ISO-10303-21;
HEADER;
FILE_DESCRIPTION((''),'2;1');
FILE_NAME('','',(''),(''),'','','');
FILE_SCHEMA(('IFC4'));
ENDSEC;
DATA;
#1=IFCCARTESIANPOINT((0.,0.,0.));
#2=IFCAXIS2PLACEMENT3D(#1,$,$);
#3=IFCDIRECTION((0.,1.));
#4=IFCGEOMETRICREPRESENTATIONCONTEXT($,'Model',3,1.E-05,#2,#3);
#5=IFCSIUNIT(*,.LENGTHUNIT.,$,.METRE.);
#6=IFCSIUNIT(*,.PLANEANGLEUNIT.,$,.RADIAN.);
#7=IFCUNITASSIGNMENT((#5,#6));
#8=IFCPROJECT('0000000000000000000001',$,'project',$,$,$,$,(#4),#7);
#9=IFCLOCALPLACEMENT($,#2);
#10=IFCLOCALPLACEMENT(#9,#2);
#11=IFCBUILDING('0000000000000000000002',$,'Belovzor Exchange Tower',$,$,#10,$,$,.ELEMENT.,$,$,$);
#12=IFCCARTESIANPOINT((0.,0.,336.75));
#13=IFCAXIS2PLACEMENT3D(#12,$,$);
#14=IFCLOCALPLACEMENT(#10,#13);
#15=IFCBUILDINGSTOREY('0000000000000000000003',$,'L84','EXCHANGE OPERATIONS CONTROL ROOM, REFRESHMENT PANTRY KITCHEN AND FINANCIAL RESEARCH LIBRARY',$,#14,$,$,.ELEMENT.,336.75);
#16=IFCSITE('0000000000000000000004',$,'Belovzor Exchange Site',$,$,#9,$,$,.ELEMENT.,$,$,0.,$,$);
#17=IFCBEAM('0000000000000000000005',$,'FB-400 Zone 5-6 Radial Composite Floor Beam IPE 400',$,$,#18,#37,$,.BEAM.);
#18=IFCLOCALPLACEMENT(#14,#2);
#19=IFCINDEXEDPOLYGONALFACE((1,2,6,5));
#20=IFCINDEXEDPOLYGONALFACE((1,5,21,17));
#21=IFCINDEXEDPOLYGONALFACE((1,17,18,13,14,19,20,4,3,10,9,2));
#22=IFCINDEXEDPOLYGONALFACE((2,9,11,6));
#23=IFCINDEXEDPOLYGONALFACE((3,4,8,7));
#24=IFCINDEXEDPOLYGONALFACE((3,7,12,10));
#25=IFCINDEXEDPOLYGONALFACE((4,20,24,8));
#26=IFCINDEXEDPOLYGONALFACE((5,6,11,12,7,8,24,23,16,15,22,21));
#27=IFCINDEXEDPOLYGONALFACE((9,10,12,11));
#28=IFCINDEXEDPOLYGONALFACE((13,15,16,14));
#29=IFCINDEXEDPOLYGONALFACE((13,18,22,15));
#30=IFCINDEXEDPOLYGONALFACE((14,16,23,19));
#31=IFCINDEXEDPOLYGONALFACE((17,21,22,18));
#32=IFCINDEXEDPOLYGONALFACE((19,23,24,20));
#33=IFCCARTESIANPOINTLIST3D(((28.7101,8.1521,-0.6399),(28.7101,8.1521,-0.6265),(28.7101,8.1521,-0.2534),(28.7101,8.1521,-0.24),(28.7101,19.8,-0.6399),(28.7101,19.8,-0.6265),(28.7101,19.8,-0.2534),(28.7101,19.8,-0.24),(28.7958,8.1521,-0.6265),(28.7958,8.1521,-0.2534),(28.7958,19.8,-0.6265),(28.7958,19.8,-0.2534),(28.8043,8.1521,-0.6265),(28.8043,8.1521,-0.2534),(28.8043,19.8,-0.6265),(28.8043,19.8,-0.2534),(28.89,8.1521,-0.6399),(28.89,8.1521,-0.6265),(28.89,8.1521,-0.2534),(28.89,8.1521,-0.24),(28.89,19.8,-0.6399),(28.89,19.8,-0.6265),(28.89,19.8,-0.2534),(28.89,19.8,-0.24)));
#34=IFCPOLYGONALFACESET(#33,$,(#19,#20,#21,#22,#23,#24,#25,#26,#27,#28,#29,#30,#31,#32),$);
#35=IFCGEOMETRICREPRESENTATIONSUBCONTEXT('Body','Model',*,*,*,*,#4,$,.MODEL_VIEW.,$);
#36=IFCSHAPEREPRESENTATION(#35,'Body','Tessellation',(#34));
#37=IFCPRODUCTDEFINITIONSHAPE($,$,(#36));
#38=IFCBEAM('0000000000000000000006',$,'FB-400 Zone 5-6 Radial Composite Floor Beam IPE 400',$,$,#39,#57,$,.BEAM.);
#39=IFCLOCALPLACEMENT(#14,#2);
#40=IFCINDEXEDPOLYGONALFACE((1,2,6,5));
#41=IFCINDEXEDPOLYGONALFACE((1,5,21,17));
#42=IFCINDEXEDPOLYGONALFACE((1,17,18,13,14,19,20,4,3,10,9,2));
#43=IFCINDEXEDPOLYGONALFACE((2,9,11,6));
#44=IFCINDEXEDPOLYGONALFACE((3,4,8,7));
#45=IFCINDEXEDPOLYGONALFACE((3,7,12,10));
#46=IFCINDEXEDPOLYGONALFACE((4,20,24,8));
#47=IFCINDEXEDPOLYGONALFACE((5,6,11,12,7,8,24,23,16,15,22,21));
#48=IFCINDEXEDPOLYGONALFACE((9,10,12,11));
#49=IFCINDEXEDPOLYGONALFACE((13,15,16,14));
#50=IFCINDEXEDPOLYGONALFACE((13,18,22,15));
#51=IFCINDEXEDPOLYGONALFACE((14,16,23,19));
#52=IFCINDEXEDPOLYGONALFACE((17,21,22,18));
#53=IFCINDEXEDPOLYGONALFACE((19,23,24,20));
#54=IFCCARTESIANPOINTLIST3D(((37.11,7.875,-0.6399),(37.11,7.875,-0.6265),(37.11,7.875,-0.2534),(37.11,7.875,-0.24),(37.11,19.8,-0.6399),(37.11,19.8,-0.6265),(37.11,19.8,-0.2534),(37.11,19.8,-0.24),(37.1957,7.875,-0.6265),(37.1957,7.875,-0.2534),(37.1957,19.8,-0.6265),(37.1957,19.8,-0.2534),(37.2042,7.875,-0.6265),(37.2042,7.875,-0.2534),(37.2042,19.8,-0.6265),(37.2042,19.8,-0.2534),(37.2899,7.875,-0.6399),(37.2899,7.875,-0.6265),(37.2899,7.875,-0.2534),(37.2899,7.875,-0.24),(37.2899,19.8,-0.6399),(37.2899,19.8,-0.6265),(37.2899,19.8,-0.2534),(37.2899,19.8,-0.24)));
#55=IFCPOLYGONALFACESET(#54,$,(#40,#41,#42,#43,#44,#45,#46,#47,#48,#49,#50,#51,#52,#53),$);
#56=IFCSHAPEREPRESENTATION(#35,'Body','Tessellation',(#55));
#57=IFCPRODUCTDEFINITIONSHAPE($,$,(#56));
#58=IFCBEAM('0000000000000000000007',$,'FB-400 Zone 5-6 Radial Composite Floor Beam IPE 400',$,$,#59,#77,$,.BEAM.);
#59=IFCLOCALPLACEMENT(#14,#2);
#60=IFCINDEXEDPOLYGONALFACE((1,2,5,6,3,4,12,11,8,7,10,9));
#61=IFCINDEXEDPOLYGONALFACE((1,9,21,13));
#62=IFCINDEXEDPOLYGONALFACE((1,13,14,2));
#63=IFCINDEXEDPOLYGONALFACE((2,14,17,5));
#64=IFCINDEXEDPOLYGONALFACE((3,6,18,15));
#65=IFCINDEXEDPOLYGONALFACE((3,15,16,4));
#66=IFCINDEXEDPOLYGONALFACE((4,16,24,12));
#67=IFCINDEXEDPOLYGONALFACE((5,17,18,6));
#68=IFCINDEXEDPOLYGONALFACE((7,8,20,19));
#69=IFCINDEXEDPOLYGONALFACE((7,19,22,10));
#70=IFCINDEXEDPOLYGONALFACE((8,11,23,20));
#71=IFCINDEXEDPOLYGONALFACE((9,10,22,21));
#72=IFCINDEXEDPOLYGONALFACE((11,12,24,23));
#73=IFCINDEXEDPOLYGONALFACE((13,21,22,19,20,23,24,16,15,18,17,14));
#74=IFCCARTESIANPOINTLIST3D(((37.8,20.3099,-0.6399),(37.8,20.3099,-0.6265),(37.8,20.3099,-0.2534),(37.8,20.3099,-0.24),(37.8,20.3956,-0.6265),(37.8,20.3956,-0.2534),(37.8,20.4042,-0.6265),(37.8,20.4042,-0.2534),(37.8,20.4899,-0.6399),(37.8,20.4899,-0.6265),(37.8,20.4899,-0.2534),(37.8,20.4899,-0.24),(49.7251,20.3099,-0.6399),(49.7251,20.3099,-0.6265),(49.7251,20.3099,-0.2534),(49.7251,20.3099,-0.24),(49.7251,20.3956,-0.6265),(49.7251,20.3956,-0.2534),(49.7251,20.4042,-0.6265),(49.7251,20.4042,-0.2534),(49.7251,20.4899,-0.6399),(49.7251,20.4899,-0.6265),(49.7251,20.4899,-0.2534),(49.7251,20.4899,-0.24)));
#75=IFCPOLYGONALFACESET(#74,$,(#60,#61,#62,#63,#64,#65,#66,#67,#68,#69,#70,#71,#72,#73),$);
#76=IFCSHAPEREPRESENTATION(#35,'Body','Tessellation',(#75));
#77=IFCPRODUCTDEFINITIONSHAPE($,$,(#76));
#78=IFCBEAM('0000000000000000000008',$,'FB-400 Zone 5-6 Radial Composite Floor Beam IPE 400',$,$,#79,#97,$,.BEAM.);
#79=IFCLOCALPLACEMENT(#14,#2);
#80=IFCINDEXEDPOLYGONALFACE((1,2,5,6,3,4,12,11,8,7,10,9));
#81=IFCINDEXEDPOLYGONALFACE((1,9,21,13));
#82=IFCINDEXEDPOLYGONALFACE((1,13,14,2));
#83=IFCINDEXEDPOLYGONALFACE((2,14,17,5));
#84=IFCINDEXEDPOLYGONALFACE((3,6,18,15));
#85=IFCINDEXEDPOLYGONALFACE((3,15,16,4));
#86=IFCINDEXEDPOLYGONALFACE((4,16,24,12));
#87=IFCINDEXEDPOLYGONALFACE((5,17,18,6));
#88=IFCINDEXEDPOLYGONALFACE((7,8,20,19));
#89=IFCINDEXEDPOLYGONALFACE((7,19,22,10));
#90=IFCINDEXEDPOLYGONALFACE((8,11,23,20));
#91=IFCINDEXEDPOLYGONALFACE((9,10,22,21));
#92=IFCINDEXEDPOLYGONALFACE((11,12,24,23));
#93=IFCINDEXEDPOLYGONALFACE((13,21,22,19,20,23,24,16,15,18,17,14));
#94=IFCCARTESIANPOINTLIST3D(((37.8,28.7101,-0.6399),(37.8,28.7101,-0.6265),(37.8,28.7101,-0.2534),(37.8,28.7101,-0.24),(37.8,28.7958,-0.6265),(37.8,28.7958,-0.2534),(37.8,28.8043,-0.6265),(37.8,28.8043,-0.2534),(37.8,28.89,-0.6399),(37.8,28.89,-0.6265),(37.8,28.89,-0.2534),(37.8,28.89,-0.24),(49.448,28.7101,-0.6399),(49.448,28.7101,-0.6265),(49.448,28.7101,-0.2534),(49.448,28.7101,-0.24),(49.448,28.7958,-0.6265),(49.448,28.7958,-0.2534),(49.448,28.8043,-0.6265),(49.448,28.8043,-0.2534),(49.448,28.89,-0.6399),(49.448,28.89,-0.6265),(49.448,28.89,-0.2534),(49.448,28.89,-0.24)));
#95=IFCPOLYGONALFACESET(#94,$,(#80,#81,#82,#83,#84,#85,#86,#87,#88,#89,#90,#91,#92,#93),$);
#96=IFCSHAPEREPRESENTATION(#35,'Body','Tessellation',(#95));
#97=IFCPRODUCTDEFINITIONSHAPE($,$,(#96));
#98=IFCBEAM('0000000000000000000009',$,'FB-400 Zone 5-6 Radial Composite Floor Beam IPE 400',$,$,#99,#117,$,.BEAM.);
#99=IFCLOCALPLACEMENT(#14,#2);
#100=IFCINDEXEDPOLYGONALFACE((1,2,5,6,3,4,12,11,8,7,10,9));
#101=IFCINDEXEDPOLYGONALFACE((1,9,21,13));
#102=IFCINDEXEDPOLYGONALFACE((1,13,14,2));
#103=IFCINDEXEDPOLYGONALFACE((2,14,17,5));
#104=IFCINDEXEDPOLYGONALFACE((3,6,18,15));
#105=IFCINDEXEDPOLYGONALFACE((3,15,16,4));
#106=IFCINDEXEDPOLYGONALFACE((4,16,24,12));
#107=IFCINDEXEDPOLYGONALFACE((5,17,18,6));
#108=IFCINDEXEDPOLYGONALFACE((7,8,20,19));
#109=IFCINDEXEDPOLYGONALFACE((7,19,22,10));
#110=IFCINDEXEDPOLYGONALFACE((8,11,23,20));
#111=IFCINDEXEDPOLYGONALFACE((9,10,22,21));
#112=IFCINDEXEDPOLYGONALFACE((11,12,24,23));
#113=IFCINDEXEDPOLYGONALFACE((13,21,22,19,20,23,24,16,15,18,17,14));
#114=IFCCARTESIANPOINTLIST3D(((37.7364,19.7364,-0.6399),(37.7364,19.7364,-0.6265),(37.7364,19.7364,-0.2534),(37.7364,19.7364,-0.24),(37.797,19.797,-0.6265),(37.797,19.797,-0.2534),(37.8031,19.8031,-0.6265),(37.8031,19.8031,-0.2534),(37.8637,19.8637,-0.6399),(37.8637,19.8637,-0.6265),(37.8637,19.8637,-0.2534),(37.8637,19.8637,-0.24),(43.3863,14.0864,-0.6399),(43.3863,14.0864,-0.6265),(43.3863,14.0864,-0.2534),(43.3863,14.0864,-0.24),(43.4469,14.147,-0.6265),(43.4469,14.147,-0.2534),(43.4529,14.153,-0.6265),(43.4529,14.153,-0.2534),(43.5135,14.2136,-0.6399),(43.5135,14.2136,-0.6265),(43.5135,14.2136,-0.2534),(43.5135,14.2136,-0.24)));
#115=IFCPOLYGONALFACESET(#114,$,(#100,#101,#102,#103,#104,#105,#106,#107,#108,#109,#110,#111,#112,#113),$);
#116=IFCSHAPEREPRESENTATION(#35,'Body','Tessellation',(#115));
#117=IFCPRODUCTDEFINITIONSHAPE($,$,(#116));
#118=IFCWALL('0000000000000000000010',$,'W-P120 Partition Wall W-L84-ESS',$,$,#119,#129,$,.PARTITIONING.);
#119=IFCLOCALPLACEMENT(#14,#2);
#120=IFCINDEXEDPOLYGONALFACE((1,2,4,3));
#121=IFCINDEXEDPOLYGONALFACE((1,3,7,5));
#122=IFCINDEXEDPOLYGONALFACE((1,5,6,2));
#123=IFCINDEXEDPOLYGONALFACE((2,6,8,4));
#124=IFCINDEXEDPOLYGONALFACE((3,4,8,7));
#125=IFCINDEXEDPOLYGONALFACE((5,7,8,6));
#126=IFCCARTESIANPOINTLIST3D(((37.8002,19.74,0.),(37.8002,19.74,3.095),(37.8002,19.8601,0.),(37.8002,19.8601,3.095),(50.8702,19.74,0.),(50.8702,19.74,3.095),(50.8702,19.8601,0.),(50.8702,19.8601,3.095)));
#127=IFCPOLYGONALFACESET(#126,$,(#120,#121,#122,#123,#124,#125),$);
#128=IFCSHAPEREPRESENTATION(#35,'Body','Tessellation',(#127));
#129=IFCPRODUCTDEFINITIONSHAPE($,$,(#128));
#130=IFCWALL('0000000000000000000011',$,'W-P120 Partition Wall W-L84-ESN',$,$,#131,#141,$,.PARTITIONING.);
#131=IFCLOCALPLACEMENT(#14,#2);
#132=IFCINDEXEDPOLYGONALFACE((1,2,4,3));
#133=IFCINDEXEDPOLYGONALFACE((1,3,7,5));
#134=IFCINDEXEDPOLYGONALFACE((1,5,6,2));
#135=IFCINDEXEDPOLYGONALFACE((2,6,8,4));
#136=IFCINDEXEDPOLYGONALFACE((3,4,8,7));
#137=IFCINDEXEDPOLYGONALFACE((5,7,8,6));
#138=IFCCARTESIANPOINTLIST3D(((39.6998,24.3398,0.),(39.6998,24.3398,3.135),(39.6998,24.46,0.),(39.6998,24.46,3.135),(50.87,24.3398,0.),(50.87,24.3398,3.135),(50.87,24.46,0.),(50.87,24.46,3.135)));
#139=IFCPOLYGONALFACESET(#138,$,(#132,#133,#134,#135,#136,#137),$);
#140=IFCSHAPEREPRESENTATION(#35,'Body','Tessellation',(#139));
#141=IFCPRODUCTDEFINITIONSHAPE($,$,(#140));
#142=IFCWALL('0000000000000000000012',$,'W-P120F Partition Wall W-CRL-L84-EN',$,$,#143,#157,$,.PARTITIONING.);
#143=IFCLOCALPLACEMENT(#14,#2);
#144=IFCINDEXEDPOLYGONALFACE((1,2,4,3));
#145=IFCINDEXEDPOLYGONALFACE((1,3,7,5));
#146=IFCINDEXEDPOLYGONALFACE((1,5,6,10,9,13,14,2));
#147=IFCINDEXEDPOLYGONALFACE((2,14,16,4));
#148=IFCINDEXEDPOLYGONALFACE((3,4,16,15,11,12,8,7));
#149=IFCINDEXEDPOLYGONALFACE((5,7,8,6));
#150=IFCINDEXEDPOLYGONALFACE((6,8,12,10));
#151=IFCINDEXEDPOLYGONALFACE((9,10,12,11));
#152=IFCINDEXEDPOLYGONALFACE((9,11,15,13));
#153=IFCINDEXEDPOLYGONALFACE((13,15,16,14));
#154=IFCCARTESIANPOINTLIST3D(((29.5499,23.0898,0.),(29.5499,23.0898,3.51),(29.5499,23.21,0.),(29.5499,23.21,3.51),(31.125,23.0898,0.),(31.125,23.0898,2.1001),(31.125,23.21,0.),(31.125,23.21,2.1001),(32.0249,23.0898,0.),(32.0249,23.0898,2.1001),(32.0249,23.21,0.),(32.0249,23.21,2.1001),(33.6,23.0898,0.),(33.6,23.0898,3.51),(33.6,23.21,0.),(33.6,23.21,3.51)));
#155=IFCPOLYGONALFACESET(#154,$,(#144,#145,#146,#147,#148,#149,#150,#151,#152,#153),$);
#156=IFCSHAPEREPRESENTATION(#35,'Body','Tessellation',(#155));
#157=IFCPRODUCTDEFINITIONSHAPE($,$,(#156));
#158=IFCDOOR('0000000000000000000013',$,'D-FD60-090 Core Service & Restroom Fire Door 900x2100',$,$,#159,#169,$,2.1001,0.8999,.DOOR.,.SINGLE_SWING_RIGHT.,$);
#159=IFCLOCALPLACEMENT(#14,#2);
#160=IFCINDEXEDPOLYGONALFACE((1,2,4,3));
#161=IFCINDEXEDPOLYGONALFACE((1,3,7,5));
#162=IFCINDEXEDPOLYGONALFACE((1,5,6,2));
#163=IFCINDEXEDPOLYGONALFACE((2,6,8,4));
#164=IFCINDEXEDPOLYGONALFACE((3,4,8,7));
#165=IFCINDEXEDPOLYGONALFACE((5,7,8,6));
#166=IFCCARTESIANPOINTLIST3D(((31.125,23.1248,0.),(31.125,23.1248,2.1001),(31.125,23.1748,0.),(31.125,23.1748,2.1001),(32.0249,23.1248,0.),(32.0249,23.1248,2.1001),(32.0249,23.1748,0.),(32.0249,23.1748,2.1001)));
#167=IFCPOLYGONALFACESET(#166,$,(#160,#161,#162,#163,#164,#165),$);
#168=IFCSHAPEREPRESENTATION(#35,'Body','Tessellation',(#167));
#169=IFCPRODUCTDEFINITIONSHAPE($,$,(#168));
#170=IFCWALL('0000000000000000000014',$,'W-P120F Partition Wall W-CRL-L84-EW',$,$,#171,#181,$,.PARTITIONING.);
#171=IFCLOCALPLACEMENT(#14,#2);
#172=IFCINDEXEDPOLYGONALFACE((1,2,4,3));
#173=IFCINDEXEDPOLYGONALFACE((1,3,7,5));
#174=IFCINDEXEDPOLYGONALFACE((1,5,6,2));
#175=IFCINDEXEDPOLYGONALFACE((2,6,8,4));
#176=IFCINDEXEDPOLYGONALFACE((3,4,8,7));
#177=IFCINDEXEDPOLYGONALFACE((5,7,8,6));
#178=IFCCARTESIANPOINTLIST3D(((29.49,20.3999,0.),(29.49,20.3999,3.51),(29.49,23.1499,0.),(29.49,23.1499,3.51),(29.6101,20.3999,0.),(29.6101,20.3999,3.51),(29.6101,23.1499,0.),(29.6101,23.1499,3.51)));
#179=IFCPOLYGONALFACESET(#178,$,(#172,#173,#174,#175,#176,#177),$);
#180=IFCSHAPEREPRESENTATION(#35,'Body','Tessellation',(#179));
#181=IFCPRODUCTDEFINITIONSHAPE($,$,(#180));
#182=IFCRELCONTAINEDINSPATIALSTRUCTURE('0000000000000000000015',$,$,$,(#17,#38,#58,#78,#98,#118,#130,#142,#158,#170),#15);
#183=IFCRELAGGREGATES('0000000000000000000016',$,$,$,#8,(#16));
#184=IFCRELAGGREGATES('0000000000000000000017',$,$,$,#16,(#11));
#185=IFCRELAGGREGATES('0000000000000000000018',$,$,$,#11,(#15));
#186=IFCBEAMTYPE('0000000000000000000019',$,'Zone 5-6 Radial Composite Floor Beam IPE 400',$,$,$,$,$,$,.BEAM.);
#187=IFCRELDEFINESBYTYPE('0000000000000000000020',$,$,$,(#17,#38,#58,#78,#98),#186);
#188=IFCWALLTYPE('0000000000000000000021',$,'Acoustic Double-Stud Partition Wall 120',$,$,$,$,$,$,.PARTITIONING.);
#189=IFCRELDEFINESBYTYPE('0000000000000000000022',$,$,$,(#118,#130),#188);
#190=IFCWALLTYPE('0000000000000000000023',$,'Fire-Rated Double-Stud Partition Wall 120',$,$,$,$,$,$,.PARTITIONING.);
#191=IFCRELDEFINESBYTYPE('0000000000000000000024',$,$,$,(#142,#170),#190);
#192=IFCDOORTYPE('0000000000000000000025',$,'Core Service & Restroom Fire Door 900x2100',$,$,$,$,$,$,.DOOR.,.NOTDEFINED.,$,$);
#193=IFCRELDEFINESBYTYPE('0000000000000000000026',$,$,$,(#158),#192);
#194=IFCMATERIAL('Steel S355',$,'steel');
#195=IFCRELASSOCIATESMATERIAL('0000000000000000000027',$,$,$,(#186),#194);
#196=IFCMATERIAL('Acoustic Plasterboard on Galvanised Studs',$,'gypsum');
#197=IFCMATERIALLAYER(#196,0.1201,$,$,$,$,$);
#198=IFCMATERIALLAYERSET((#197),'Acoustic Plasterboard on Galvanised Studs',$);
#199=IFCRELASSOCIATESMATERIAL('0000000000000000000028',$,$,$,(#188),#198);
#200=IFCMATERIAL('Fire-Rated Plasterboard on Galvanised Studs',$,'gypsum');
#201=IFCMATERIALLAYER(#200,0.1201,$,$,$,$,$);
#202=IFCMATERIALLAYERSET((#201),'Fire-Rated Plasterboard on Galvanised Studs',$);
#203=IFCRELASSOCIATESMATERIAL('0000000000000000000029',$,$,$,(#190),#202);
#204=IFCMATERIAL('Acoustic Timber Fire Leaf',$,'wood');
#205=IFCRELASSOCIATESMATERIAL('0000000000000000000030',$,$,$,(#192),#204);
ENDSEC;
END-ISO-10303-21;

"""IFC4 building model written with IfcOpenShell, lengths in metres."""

from ifc_helpers import new_model, si_unit, direction, frame, frame_2d, origin, origin_2d, place, context, subcontext, project, spatial, rectangle, i_section, extrude, material, layer, layer_set, material_profile, profile_set, type_object, element, fill, save


model = new_model("IFC4")

# Units and contexts
model_context = context("Model", 3, precision=1e-05, world=origin(), true_north=direction((0.0, 1.0)))
body_context = subcontext(model_context, "Body", "Model", "MODEL_VIEW")
ifc_project = project(units=[si_unit("LENGTHUNIT", "METRE"), si_unit("PLANEANGLEUNIT", "RADIAN")], contexts=[model_context])

# Site, building, storey
site_placement = place(None, origin())
site = spatial("IfcSite", under=ifc_project, at=site_placement, Name="Belovzor Exchange Site", CompositionType="ELEMENT", RefElevation=0.0)
building_placement = place(site_placement, origin())
building = spatial("IfcBuilding", under=site, at=building_placement, Name="Belovzor Exchange Tower", CompositionType="ELEMENT")
storey_placement = place(building_placement, frame((0.0, 0.0, 336.75)))
storey = spatial("IfcBuildingStorey", under=building, at=storey_placement, Name="L84", Description="EXCHANGE OPERATIONS CONTROL ROOM, REFRESHMENT PANTRY KITCHEN AND FINANCIAL RESEARCH LIBRARY", CompositionType="ELEMENT", Elevation=336.75)

# Beams
ifc_material_1 = material(Name="Steel S355", Category="steel")
ifc_material_profile = material_profile(ifc_material_1, i_section(OverallWidth=0.1799, OverallDepth=0.3999, WebThickness=0.0085, FlangeThickness=0.0134, at=origin_2d()))
ifc_profile_set = profile_set([ifc_material_profile], Name="Steel S355")
beam_type = type_object("IfcBeamType", Name="Zone 5-6 Radial Composite Floor Beam IPE 400", PredefinedType="BEAM", material=ifc_profile_set)
beam_1_placement = place(storey_placement, frame((28.8, 19.8, -0.4399), z_axis=(0.0, -1.0, 0.0), x_axis=(1.0, 0.0, 0.0)))
element("IfcBeam", 1, at=beam_1_placement, inside=storey, type_object=beam_type, Name="FB-400 Zone 5-6 Radial Composite Floor Beam IPE 400", PredefinedType="BEAM", context=body_context, shape_type="SweptSolid", body=[
    extrude(i_section(OverallWidth=0.1799, OverallDepth=0.3999, WebThickness=0.0085, FlangeThickness=0.0134, at=origin_2d()), origin(), (0.0, 0.0, 1.0), 11.6479),
])
for number, where, z_axis, x_axis, name in (
    (2, (37.2, 19.8, -0.4399), (0.0, -1.0, 0.0), (1.0, 0.0, 0.0), "FB-400 Zone 5-6 Radial Composite Floor Beam IPE 400"),
    (3, (37.8, 20.3999, -0.4399), (1.0, 0.0, 0.0), (0.0, 1.0, 0.0), "FB-400 Zone 5-6 Radial Composite Floor Beam IPE 400"),
):
    element("IfcBeam", number, at=place(storey_placement, frame(where, z_axis=z_axis, x_axis=x_axis)), inside=storey, type_object=beam_type, Name=name, PredefinedType="BEAM", context=body_context, shape_type="SweptSolid", body=[
        extrude(i_section(OverallWidth=0.1799, OverallDepth=0.3999, WebThickness=0.0085, FlangeThickness=0.0134, at=origin_2d()), origin(), (0.0, 0.0, 1.0), 11.925),
    ])
beam_2_placement = place(storey_placement, frame((37.8, 28.8, -0.4399), z_axis=(1.0, 0.0, 0.0), x_axis=(0.0, 1.0, 0.0)))
element("IfcBeam", 4, at=beam_2_placement, inside=storey, type_object=beam_type, Name="FB-400 Zone 5-6 Radial Composite Floor Beam IPE 400", PredefinedType="BEAM", context=body_context, shape_type="SweptSolid", body=[
    extrude(i_section(OverallWidth=0.1799, OverallDepth=0.3999, WebThickness=0.0085, FlangeThickness=0.0134, at=origin_2d()), origin(), (0.0, 0.0, 1.0), 11.6479),
])
beam_3_placement = place(storey_placement, frame((37.8, 19.8, -0.4399), z_axis=(0.707092, -0.707122, 0.0), x_axis=(0.707122, 0.707092, 0.0)))
element("IfcBeam", 5, at=beam_3_placement, inside=storey, type_object=beam_type, Name="FB-400 Zone 5-6 Radial Composite Floor Beam IPE 400", PredefinedType="BEAM", context=body_context, shape_type="SweptSolid", body=[
    extrude(i_section(OverallWidth=0.1799, OverallDepth=0.3999, WebThickness=0.0085, FlangeThickness=0.0134, at=origin_2d()), origin(), (0.0, 0.0, 1.0), 7.9902),
])

# Walls
ifc_material_2 = material(Name="Acoustic Plasterboard on Galvanised Studs", Category="gypsum")
ifc_layer_1 = layer(ifc_material_2, 0.1201)
ifc_layer_set_1 = layer_set([ifc_layer_1], Name="Acoustic Plasterboard on Galvanised Studs")
wall_type_1 = type_object("IfcWallType", Name="Acoustic Double-Stud Partition Wall 120", PredefinedType="PARTITIONING", material=ifc_layer_set_1)
wall_1_placement = place(storey_placement, frame((37.8, 19.8, 0.0), z_axis=(0.0, 0.0, 1.0), x_axis=(1.0, 0.0, 0.0)))
element("IfcWall", 6, at=wall_1_placement, inside=storey, type_object=wall_type_1, Name="W-P120 Partition Wall W-L84-ESS", PredefinedType="PARTITIONING", context=body_context, shape_type="SweptSolid", body=[
    extrude(rectangle(XDim=13.0701, YDim=0.1201, at=frame_2d((6.5352, 0.0))), origin(), (0.0, 0.0, 1.0), 3.095),
])
wall_2_placement = place(storey_placement, frame((39.7, 24.3999, 0.0), z_axis=(0.0, 0.0, 1.0), x_axis=(1.0, 0.0, 0.0)))
element("IfcWall", 7, at=wall_2_placement, inside=storey, type_object=wall_type_1, Name="W-P120 Partition Wall W-L84-ESN", PredefinedType="PARTITIONING", context=body_context, shape_type="SweptSolid", body=[
    extrude(rectangle(XDim=11.1702, YDim=0.1201, at=frame_2d((5.585, 0.0))), origin(), (0.0, 0.0, 1.0), 3.135),
])

# Wall, opening, door
ifc_material_3 = material(Name="Fire-Rated Plasterboard on Galvanised Studs", Category="gypsum")
ifc_layer_2 = layer(ifc_material_3, 0.1201)
ifc_layer_set_2 = layer_set([ifc_layer_2], Name="Fire-Rated Plasterboard on Galvanised Studs")
wall_type_2 = type_object("IfcWallType", Name="Fire-Rated Double-Stud Partition Wall 120", PredefinedType="PARTITIONING", material=ifc_layer_set_2)
wall_3_placement = place(storey_placement, frame((29.55, 23.1499, 0.0), z_axis=(0.0, 0.0, 1.0), x_axis=(1.0, 0.0, 0.0)))
wall_3 = element("IfcWall", 8, at=wall_3_placement, inside=storey, type_object=wall_type_2, Name="W-P120F Partition Wall W-CRL-L84-EN", PredefinedType="PARTITIONING", context=body_context, shape_type="SweptSolid", body=[
    extrude(rectangle(XDim=4.05, YDim=0.1201, at=frame_2d((2.0249, 0.0))), origin(), (0.0, 0.0, 1.0), 3.51),
])
opening_1_placement = place(wall_3_placement, frame((1.575, 0.0, 0.0)))
opening_1 = element("IfcOpeningElement", 9, at=opening_1_placement, cuts=wall_3, PredefinedType="OPENING", context=body_context, shape_type="SweptSolid", body=[
    extrude(rectangle(XDim=0.8999, YDim=2.1001, at=frame_2d((0.45, 1.05))), frame((0.0, 0.0701, 0.0), z_axis=(0.0, -1.0, 0.0), x_axis=(1.0, 0.0, 0.0)), (0.0, 0.0, 1.0), 0.1401),
])
ifc_material_4 = material(Name="Acoustic Timber Fire Leaf", Category="wood")
door_type_1 = type_object("IfcDoorType", Name="Core Service & Restroom Fire Door 900x2100", OperationType="NOTDEFINED", PredefinedType="DOOR", material=ifc_material_4)
door_1_placement = place(opening_1_placement, origin())
door_1 = element("IfcDoor", 10, at=door_1_placement, inside=storey, type_object=door_type_1, Name="D-FD60-090 Core Service & Restroom Fire Door 900x2100", OperationType="SINGLE_SWING_RIGHT", OverallHeight=2.1001, OverallWidth=0.8999, PredefinedType="DOOR", context=body_context, shape_type="SweptSolid", body=[
    extrude(rectangle(XDim=0.8999, YDim=2.1001, at=frame_2d((0.45, 1.05))), frame((0.0, 0.0249, 0.0), z_axis=(0.0, -1.0, 0.0), x_axis=(1.0, 0.0, 0.0)), (0.0, 0.0, 1.0), 0.05),
])
fill(opening_1, door_1)

# Wall
wall_4_placement = place(storey_placement, frame((29.55, 20.3999, 0.0), z_axis=(0.0, 0.0, 1.0), x_axis=(0.0, 1.0, 0.0)))
element("IfcWall", 11, at=wall_4_placement, inside=storey, type_object=wall_type_2, Name="W-P120F Partition Wall W-CRL-L84-EW", PredefinedType="PARTITIONING", context=body_context, shape_type="SweptSolid", body=[
    extrude(rectangle(XDim=2.75, YDim=0.1201, at=frame_2d((1.375, 0.0))), origin(), (0.0, 0.0, 1.0), 3.51),
])

save(model, "model.ifc")
